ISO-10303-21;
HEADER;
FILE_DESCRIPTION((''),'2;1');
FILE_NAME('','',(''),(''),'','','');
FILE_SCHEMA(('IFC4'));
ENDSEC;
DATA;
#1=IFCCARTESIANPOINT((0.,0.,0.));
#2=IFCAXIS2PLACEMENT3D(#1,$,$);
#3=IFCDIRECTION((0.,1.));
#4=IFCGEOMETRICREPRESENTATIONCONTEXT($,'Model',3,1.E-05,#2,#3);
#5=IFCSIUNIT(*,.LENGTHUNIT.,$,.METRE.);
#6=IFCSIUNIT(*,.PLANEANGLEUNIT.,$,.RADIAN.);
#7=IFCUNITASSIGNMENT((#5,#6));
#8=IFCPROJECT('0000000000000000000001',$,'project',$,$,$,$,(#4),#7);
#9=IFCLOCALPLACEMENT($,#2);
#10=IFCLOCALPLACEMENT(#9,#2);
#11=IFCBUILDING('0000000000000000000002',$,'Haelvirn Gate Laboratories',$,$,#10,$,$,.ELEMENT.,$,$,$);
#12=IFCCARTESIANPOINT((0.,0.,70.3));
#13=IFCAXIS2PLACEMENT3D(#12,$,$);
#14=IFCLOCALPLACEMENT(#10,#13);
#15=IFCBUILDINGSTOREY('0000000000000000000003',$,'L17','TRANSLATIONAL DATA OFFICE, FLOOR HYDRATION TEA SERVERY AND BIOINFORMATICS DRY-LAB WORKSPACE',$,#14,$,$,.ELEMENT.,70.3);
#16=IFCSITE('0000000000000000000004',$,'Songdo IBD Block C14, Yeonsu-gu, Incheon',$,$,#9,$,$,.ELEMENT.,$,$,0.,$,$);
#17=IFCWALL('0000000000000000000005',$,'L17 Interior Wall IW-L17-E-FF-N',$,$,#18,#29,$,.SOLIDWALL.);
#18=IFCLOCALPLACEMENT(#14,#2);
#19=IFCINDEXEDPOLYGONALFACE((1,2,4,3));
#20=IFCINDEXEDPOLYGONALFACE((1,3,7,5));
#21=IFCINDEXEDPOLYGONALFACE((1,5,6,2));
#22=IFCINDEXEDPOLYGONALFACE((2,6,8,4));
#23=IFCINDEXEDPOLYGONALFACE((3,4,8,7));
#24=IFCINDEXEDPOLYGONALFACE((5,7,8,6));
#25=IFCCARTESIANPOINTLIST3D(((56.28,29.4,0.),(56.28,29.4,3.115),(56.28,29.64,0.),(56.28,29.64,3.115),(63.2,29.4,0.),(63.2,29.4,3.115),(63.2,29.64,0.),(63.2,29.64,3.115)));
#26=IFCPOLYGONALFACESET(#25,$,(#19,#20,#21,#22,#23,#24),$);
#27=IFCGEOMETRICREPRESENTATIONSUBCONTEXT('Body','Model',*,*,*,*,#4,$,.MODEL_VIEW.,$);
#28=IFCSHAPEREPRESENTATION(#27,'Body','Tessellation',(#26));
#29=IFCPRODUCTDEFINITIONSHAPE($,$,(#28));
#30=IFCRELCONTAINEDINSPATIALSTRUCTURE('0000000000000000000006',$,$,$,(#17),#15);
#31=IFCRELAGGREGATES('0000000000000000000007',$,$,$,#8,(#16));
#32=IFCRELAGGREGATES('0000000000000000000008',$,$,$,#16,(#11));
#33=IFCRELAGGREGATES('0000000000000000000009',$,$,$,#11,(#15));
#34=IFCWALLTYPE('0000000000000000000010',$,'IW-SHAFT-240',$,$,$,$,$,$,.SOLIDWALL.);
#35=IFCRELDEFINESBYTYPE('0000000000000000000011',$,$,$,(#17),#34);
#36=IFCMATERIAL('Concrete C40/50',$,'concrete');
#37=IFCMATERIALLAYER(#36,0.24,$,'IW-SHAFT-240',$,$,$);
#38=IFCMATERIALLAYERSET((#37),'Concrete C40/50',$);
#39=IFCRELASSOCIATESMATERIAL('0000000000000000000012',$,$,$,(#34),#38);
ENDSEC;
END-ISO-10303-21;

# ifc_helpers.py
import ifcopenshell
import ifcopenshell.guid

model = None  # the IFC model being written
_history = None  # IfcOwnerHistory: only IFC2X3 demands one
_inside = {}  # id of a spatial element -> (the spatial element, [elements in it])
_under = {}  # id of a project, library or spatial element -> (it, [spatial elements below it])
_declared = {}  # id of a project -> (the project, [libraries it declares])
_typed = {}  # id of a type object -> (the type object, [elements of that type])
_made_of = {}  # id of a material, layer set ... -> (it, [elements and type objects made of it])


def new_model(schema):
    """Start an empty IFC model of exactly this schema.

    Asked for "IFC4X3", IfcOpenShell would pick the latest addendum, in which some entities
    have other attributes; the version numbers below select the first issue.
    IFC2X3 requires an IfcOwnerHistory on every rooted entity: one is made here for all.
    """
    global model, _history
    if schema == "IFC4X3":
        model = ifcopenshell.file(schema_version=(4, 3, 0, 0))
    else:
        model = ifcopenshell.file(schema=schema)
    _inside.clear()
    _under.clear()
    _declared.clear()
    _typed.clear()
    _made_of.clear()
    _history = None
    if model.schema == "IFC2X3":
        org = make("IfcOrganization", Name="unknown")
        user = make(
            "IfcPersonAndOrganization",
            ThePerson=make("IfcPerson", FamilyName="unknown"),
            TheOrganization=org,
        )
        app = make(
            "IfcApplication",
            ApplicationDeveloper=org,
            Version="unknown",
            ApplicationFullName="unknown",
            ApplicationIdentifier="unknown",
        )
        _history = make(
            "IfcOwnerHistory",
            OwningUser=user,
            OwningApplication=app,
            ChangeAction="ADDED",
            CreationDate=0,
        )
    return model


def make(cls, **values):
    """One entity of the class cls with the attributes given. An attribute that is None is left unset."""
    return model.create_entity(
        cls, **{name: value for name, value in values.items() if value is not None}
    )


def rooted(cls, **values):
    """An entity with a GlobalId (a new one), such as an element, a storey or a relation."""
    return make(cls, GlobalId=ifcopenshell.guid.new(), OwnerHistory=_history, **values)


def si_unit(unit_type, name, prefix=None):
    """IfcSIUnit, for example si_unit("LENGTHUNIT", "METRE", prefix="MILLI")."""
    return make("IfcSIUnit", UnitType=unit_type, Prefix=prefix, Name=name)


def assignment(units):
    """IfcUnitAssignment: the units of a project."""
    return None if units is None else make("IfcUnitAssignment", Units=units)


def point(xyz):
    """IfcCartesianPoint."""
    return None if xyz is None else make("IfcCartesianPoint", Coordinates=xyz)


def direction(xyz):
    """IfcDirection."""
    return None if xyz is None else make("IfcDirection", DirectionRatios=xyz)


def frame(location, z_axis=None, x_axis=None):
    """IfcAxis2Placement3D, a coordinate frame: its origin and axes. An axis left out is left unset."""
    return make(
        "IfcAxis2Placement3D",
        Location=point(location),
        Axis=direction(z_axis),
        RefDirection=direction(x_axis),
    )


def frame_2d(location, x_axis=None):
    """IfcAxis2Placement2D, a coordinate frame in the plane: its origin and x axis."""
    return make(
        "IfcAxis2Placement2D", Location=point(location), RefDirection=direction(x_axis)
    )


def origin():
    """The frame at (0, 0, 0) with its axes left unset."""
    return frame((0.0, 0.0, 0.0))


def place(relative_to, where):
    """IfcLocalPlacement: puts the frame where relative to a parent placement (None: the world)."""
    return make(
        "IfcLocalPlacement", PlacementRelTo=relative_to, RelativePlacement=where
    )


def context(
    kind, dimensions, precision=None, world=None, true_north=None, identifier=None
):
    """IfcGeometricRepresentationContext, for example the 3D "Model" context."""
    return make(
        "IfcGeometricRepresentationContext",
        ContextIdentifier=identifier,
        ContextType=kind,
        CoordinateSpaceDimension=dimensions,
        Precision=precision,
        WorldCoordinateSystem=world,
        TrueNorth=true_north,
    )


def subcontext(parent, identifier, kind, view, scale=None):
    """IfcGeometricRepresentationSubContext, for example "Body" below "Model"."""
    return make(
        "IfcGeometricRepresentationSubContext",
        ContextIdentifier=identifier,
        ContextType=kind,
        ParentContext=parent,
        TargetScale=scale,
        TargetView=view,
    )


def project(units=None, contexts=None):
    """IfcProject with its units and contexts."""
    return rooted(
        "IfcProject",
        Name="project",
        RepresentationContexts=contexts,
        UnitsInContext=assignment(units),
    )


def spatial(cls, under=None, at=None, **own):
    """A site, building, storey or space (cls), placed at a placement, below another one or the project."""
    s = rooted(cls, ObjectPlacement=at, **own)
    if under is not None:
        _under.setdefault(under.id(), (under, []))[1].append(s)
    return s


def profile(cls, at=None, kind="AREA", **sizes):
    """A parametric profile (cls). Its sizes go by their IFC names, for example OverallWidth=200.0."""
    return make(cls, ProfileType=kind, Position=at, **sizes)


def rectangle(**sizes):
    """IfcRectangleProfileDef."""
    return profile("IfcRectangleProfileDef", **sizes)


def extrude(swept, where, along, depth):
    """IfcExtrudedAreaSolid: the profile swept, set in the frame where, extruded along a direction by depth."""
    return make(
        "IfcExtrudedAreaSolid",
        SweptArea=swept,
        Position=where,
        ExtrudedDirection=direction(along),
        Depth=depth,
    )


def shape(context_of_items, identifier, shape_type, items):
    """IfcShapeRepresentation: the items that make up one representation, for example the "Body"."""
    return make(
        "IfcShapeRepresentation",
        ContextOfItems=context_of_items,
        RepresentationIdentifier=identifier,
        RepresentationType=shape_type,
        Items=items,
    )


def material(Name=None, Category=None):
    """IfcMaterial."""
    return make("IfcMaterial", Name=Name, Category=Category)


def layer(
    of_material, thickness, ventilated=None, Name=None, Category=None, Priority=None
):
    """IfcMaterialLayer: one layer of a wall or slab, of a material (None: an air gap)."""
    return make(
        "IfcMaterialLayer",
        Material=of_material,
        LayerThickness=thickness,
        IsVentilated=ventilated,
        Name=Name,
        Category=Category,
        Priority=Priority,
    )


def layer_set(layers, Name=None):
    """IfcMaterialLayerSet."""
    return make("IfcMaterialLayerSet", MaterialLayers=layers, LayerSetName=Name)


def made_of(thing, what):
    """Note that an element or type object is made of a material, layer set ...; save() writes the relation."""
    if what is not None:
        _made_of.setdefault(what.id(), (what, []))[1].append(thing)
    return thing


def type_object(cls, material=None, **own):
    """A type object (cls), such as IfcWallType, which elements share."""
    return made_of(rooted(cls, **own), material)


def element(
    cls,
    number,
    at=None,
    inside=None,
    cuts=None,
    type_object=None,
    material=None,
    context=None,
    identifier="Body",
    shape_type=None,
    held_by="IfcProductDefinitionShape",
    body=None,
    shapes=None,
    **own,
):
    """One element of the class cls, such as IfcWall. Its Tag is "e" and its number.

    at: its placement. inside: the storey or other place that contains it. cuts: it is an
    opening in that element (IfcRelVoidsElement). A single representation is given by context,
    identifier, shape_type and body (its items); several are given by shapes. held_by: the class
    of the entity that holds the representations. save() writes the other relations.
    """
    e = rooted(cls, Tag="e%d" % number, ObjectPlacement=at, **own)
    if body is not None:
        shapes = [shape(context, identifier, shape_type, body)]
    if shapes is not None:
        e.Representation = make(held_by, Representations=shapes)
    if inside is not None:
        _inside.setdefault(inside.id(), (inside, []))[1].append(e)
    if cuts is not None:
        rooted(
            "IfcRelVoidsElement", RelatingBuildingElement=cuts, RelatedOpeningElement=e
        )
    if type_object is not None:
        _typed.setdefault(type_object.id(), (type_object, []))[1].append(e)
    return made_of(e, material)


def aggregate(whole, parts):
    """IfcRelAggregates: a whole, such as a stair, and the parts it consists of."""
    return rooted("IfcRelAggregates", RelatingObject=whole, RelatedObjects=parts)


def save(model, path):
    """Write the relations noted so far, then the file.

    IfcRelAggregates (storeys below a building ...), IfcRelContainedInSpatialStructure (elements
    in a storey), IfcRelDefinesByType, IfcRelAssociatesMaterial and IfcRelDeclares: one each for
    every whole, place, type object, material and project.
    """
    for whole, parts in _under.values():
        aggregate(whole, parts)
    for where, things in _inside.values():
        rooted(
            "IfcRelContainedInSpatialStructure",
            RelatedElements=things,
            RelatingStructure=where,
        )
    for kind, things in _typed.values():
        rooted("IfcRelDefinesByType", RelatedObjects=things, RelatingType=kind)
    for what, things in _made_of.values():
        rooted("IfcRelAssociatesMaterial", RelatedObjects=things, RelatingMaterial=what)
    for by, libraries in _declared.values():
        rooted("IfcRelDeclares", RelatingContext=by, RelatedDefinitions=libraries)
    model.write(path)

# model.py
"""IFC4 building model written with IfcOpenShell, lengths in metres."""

from ifc_helpers import new_model, si_unit, direction, frame, frame_2d, origin, place, context, subcontext, project, spatial, rectangle, extrude, material, layer, layer_set, type_object, element, save


model = new_model("IFC4")

# Units and contexts
model_context = context("Model", 3, precision=1e-05, world=origin(), true_north=direction((0.0, 1.0)))
body_context = subcontext(model_context, "Body", "Model", "MODEL_VIEW")
ifc_project = project(units=[si_unit("LENGTHUNIT", "METRE"), si_unit("PLANEANGLEUNIT", "RADIAN")], contexts=[model_context])

# Site, building, storey
site_placement = place(None, origin())
site = spatial("IfcSite", under=ifc_project, at=site_placement, Name="Songdo IBD Block C14, Yeonsu-gu, Incheon", CompositionType="ELEMENT", RefElevation=0.0)
building_placement = place(site_placement, origin())
building = spatial("IfcBuilding", under=site, at=building_placement, Name="Haelvirn Gate Laboratories", CompositionType="ELEMENT")
storey_placement = place(building_placement, frame((0.0, 0.0, 70.3)))
storey = spatial("IfcBuildingStorey", under=building, at=storey_placement, Name="L17", Description="TRANSLATIONAL DATA OFFICE, FLOOR HYDRATION TEA SERVERY AND BIOINFORMATICS DRY-LAB WORKSPACE", CompositionType="ELEMENT", Elevation=70.3)

# Shared definitions
ifc_material_1 = material(Name="Concrete C40/50", Category="concrete")

# Shared definitions
ifc_layer_1 = layer(ifc_material_1, 0.24, Name="IW-SHAFT-240")
ifc_layer_set_1 = layer_set([ifc_layer_1], Name="Concrete C40/50")
wall_type_1 = type_object("IfcWallType", Name="IW-SHAFT-240", PredefinedType="SOLIDWALL", material=ifc_layer_set_1)

# Wall
wall_1_placement = place(storey_placement, frame((56.28, 29.52, 0.0), z_axis=(0.0, 0.0, 1.0), x_axis=(1.0, 0.0, 0.0)))
element("IfcWall", 1, at=wall_1_placement, inside=storey, type_object=wall_type_1, Name="L17 Interior Wall IW-L17-E-FF-N", PredefinedType="SOLIDWALL", context=body_context, shape_type="SweptSolid", body=[
    extrude(rectangle(XDim=6.9199, YDim=0.24, at=frame_2d((3.46, 0.0))), origin(), (0.0, 0.0, 1.0), 3.115),
])

save(model, "model.ifc")
